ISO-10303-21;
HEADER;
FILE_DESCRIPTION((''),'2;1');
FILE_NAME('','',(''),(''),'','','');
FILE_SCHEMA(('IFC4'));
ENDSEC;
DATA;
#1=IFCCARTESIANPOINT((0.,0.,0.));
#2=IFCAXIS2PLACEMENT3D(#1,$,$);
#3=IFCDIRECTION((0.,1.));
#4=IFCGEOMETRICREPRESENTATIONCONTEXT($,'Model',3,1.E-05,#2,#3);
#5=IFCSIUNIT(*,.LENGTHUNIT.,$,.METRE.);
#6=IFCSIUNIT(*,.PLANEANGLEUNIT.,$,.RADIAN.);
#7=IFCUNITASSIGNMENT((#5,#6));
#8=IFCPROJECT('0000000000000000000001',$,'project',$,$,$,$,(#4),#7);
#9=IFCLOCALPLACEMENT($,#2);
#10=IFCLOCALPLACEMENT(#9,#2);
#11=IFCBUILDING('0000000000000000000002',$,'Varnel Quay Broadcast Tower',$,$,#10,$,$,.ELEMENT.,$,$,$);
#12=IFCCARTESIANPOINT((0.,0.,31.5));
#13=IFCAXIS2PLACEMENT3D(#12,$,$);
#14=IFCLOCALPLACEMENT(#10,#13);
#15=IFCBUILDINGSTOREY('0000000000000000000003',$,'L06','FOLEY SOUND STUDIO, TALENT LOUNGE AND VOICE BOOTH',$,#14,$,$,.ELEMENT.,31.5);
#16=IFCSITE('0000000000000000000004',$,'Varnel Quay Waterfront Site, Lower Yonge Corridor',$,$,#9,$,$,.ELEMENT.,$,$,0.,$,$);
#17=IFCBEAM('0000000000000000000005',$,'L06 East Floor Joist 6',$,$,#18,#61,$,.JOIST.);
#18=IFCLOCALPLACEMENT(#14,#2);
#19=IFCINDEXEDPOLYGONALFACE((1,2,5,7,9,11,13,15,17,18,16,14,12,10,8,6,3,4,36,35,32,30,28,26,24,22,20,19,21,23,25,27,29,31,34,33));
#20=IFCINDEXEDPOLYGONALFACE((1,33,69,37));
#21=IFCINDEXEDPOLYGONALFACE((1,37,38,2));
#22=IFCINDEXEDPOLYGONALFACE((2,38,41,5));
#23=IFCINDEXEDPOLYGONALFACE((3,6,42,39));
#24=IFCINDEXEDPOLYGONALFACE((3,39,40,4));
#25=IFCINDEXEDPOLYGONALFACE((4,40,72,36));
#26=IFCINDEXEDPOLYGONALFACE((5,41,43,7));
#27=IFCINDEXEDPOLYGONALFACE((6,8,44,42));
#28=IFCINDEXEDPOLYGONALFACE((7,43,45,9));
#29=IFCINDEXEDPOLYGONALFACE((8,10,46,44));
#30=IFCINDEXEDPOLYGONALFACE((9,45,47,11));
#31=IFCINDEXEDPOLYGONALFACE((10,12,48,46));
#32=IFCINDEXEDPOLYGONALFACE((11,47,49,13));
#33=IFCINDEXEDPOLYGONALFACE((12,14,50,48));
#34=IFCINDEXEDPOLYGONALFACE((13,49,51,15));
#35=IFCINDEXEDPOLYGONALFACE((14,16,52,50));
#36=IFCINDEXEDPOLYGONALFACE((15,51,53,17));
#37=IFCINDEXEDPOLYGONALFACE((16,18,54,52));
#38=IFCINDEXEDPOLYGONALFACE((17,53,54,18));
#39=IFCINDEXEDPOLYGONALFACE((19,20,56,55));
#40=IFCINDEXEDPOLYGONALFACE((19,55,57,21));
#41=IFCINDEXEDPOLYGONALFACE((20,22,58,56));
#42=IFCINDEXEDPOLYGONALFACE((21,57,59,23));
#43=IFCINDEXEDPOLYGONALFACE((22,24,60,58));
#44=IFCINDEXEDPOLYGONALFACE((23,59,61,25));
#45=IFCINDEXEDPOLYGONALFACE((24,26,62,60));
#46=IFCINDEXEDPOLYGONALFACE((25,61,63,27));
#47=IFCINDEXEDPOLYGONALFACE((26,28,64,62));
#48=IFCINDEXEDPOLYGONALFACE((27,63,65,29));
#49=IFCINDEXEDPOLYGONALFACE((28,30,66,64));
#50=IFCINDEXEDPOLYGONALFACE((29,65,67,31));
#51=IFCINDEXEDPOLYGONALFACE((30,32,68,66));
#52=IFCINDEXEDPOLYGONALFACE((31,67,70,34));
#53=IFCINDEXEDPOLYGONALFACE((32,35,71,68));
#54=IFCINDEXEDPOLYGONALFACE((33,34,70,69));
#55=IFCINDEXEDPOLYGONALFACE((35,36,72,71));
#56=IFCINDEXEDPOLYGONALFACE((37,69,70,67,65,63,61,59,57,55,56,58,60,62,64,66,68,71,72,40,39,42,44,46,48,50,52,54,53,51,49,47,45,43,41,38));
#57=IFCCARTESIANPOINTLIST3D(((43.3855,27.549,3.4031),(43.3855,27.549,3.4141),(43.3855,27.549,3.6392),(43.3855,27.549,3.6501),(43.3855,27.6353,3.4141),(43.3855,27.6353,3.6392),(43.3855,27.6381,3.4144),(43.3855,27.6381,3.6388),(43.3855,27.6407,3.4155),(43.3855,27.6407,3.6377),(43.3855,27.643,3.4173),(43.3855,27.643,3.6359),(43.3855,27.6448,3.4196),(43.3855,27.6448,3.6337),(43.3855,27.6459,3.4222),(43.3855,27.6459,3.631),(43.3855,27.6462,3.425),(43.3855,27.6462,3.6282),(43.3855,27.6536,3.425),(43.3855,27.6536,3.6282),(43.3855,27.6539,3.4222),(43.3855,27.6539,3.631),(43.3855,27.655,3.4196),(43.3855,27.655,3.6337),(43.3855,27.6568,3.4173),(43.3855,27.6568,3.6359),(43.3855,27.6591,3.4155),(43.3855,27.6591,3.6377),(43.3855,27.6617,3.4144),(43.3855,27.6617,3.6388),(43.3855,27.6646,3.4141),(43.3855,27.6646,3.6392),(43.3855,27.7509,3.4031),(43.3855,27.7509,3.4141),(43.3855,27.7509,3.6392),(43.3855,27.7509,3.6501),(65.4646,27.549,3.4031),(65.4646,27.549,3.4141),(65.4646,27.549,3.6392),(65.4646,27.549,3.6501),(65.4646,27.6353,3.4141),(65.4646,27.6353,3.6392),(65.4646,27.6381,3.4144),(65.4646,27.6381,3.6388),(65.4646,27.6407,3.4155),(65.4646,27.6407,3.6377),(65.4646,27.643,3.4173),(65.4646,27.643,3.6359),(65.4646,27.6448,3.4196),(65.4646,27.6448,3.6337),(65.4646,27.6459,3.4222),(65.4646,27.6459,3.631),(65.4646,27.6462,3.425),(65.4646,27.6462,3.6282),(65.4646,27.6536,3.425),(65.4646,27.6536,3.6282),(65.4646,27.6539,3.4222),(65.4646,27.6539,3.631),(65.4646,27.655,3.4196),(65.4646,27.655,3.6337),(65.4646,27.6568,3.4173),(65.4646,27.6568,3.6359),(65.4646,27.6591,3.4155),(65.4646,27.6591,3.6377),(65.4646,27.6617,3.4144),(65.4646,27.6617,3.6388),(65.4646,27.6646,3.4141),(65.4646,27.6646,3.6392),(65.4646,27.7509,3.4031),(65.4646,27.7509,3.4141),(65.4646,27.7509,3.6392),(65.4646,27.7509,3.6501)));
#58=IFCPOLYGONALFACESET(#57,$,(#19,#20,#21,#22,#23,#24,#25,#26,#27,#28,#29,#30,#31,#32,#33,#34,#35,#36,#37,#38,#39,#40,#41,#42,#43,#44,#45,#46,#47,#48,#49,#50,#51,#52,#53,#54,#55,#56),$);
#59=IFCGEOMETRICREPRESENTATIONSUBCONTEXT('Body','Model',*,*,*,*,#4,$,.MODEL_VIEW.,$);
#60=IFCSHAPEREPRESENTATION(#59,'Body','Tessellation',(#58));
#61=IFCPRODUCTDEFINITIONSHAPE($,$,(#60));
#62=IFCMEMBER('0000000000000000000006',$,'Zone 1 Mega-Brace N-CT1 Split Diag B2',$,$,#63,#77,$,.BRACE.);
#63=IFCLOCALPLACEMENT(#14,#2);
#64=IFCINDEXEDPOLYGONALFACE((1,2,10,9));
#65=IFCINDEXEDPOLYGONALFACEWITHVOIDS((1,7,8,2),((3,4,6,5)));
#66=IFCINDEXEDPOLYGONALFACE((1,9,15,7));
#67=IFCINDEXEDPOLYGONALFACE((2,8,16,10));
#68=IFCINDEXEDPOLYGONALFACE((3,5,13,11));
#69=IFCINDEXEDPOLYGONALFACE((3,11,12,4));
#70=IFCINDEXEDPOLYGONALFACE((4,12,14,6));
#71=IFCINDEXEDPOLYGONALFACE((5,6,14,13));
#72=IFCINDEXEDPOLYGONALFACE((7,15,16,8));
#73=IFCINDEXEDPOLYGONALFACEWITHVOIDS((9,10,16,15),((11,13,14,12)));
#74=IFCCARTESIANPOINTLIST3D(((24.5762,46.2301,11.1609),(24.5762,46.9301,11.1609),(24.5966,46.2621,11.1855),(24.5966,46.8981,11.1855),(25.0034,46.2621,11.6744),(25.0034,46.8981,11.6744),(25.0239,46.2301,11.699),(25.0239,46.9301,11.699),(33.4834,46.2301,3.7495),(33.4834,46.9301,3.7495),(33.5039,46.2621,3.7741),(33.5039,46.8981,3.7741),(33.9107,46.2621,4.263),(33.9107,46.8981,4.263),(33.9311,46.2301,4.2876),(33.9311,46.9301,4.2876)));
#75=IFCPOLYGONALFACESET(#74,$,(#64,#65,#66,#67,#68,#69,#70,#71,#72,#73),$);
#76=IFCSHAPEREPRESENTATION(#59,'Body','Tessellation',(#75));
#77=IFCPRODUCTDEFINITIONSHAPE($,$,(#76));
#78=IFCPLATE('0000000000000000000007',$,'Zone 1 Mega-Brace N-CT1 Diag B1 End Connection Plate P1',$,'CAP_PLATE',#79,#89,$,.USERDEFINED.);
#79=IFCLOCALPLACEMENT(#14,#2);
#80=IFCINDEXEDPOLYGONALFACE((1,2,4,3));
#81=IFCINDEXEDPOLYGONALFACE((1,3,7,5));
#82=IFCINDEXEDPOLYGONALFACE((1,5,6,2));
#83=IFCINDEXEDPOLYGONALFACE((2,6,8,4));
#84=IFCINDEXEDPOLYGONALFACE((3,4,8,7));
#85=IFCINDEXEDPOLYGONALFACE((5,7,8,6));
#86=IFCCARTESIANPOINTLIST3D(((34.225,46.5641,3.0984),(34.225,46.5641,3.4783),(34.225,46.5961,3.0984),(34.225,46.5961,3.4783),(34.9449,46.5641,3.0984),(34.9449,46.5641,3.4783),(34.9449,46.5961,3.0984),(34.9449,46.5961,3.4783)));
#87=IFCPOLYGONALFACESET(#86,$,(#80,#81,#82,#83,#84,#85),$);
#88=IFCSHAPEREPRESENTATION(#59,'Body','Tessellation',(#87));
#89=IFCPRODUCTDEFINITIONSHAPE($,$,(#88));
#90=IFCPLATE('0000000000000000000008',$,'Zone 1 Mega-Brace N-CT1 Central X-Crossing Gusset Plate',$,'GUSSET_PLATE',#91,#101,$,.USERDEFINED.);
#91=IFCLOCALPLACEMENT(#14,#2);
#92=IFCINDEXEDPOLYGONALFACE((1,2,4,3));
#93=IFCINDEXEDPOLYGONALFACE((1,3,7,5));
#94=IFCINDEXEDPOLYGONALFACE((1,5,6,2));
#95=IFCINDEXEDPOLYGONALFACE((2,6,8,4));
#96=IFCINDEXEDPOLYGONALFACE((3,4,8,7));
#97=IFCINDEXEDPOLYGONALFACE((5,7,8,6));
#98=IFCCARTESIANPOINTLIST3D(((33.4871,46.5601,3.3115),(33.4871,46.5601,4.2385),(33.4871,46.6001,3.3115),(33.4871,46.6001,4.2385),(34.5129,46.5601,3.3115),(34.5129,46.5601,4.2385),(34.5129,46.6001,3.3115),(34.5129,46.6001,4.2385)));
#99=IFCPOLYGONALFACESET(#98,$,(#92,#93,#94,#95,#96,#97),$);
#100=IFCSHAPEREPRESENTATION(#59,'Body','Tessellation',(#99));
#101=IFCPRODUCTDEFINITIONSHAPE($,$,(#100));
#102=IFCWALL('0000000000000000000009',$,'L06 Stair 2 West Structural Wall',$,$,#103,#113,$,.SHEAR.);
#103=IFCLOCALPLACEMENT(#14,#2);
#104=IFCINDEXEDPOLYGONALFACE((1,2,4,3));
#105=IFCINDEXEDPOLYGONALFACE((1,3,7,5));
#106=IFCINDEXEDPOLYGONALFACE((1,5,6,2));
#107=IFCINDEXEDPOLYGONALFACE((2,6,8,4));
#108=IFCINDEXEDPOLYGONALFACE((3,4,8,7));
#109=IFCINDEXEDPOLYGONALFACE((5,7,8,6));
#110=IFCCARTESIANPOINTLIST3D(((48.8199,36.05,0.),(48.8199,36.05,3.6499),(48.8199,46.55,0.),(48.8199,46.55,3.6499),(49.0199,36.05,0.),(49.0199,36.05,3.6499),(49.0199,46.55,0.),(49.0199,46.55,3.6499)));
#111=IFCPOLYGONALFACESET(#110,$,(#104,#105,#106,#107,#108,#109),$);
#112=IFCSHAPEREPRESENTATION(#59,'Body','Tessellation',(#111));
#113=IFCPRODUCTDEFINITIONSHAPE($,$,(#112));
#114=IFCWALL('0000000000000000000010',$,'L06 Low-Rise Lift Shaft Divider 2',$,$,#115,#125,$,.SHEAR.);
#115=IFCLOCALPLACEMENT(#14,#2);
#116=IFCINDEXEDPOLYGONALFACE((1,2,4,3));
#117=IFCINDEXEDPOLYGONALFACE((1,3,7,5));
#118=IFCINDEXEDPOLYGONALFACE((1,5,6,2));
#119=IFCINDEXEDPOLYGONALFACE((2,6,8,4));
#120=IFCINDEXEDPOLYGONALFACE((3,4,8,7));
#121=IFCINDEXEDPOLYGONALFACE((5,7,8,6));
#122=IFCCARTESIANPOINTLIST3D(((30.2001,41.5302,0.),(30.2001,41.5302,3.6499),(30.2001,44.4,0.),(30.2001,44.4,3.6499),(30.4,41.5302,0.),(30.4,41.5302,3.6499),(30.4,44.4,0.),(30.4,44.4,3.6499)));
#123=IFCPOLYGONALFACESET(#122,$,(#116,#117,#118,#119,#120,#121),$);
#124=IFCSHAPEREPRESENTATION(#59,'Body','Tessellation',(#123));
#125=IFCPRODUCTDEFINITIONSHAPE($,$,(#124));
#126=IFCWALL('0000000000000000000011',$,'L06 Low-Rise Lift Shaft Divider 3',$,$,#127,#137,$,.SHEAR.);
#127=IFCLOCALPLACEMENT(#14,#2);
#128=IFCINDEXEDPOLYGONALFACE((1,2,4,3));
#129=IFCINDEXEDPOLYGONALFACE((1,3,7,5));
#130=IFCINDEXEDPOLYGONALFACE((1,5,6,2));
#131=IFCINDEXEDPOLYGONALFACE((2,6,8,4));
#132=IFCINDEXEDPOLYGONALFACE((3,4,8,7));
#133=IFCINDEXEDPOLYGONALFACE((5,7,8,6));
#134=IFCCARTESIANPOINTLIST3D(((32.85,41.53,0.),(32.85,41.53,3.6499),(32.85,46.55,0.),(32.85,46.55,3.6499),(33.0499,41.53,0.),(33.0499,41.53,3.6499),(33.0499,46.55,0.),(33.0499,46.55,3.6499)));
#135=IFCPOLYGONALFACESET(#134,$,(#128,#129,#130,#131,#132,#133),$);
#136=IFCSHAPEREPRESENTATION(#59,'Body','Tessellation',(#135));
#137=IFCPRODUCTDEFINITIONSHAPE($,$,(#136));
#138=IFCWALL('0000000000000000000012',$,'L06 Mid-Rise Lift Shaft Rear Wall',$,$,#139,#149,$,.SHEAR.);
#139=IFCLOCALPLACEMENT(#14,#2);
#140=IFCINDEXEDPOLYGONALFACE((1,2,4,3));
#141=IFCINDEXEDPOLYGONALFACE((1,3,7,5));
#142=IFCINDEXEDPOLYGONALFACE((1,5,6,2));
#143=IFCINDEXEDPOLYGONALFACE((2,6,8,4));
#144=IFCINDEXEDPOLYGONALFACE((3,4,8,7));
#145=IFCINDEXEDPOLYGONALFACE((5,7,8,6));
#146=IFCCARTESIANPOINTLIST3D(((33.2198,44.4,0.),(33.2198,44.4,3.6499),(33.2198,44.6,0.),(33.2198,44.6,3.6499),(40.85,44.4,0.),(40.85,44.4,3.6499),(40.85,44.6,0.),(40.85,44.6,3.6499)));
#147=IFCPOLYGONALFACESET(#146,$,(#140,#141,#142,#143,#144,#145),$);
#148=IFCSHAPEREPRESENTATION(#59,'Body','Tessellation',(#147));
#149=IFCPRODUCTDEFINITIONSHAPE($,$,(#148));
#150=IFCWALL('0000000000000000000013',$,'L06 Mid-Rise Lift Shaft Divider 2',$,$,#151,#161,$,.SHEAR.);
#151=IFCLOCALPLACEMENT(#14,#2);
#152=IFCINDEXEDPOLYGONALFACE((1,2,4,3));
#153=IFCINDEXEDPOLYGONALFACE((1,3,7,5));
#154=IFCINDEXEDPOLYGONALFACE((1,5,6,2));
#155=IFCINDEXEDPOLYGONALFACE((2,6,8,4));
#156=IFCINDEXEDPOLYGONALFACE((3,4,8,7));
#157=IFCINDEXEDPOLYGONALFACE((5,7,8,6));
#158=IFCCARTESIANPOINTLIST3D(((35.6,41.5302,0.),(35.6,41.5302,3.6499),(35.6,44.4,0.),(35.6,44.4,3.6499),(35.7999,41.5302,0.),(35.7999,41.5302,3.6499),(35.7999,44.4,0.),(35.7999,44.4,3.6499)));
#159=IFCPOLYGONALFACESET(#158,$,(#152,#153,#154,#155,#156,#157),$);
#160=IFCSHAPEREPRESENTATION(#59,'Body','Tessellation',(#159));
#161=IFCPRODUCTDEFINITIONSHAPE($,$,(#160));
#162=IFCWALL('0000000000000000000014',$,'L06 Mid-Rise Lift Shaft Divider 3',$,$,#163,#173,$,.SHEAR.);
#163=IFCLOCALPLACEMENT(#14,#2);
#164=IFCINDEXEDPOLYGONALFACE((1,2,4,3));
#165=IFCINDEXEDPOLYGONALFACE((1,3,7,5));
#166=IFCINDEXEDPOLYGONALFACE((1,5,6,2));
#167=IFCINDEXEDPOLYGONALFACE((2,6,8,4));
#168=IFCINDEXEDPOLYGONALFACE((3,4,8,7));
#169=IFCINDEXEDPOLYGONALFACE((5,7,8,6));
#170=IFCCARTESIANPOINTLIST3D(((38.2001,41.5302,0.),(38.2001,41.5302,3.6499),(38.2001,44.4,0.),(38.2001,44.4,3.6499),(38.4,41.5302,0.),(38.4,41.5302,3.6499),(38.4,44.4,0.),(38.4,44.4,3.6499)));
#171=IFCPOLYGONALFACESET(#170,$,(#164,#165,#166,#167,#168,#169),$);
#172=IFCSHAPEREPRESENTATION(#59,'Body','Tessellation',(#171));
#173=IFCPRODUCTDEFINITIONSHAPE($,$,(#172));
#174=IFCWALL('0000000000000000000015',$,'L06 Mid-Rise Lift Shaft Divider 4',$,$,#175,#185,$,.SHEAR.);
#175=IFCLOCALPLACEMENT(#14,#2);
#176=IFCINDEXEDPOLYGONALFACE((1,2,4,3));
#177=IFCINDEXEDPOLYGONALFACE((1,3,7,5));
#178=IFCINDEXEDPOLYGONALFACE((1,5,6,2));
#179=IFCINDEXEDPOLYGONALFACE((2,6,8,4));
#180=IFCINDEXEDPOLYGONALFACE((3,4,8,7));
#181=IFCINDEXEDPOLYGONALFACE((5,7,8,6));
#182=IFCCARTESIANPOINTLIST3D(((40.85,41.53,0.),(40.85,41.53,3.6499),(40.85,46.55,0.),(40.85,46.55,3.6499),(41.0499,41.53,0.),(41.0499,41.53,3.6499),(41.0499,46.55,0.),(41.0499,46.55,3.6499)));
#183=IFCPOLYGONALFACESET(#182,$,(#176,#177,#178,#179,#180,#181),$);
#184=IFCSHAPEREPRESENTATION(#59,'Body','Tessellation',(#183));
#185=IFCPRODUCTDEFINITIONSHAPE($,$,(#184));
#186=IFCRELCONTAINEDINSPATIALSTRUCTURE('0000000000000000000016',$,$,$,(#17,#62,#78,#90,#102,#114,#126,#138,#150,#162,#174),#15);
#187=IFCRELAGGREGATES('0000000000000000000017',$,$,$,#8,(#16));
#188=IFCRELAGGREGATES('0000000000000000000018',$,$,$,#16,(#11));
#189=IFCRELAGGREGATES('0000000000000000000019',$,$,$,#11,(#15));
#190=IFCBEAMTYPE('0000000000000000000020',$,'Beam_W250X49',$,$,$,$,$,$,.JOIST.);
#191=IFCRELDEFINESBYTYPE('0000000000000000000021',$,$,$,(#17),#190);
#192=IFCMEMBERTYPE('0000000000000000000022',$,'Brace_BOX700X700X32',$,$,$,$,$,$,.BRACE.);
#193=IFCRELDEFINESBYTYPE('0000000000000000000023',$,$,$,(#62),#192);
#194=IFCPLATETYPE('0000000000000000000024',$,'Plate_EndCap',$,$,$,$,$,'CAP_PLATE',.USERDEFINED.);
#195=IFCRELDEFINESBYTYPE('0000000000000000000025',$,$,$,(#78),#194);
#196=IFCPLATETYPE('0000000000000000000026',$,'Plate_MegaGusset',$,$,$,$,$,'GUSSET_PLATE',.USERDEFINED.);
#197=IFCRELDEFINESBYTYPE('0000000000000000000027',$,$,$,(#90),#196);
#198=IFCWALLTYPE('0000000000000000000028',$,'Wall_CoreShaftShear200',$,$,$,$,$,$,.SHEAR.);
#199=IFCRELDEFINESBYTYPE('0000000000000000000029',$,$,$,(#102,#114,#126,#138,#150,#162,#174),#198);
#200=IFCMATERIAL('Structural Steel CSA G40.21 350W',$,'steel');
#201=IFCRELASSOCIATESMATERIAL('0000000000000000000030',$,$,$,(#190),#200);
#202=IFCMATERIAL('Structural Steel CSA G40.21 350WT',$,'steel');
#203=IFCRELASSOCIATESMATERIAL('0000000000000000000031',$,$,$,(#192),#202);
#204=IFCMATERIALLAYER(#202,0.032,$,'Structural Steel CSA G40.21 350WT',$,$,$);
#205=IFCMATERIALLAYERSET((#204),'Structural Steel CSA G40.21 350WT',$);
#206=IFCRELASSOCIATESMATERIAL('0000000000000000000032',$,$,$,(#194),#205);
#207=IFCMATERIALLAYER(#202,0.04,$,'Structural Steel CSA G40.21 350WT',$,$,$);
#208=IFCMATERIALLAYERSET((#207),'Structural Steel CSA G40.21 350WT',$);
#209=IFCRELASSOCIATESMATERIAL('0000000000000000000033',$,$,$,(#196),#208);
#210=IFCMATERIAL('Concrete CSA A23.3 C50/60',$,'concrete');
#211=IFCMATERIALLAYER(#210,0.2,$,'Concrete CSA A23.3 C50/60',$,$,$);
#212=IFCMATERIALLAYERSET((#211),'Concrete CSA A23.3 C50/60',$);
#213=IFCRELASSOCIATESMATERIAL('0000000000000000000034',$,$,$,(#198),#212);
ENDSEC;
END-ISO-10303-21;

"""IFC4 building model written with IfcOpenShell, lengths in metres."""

from ifc_helpers import new_model, si_unit, direction, frame, frame_2d, origin, origin_2d, place, context, subcontext, project, spatial, rectangle, hollow_rectangle, i_section, extrude, source, transform, mapped, material, layer, layer_set, material_profile, profile_set, type_object, type_shapes, element, save


model = new_model("IFC4")

# Units and contexts
model_context = context("Model", 3, precision=1e-05, world=origin(), true_north=direction((0.0, 1.0)))
body_context = subcontext(model_context, "Body", "Model", "MODEL_VIEW")
ifc_project = project(units=[si_unit("LENGTHUNIT", "METRE"), si_unit("PLANEANGLEUNIT", "RADIAN")], contexts=[model_context])

# Site, building, storey
site_placement = place(None, origin())
site = spatial("IfcSite", under=ifc_project, at=site_placement, Name="Varnel Quay Waterfront Site, Lower Yonge Corridor", CompositionType="ELEMENT", RefElevation=0.0)
building_placement = place(site_placement, origin())
building = spatial("IfcBuilding", under=site, at=building_placement, Name="Varnel Quay Broadcast Tower", CompositionType="ELEMENT")
storey_placement = place(building_placement, frame((0.0, 0.0, 31.5)))
storey = spatial("IfcBuildingStorey", under=building, at=storey_placement, Name="L06", Description="FOLEY SOUND STUDIO, TALENT LOUNGE AND VOICE BOOTH", CompositionType="ELEMENT", Elevation=31.5)

# Shared definitions
ifc_material_1 = material(Name="Structural Steel CSA G40.21 350WT", Category="steel")

# Beam
ifc_material_2 = material(Name="Structural Steel CSA G40.21 350W", Category="steel")
ifc_material_profile_1 = material_profile(ifc_material_2, i_section(OverallWidth=0.2019, OverallDepth=0.2471, WebThickness=0.0073, FlangeThickness=0.011, FilletRadius=0.011, at=origin_2d()), Name="W250X49")
ifc_profile_set_1 = profile_set([ifc_material_profile_1], Name="Structural Steel CSA G40.21 350W")
beam_type_1 = type_object("IfcBeamType", Name="Beam_W250X49", PredefinedType="JOIST", material=ifc_profile_set_1)
shared_shape_1 = source(origin(), body_context, "Body", "SweptSolid", [
    extrude(i_section(OverallWidth=0.2019, OverallDepth=0.2471, WebThickness=0.0073, FlangeThickness=0.011, FilletRadius=0.011, at=origin_2d()), origin(), (0.0, 0.0, 1.0), 22.0791),
])
type_shapes(beam_type_1, [shared_shape_1])
beam_1_placement = place(storey_placement, frame((43.3855, 27.6499, 3.5266), z_axis=(1.0, 0.0, 0.0), x_axis=(0.0, 1.0, 0.0)))
element("IfcBeam", 1, at=beam_1_placement, inside=storey, type_object=beam_type_1, Name="L06 East Floor Joist 6", PredefinedType="JOIST", context=body_context, shape_type="MappedRepresentation", body=[
    mapped(shared_shape_1, transform((0.0, 0.0, 0.0), x_axis=(1.0, 0.0, 0.0), y_axis=(0.0, 1.0, 0.0), z_axis=(0.0, 0.0, 1.0), scale=1.0)),
])

# Member
ifc_material_profile_2 = material_profile(ifc_material_1, hollow_rectangle(XDim=0.7, YDim=0.7, WallThickness=0.032, at=origin_2d()), Name="BOX700X700X32")
ifc_profile_set_2 = profile_set([ifc_material_profile_2], Name="Structural Steel CSA G40.21 350WT")
member_type = type_object("IfcMemberType", Name="Brace_BOX700X700X32", PredefinedType="BRACE", material=ifc_profile_set_2)
shared_shape_2 = source(origin(), body_context, "Body", "SweptSolid", [
    extrude(hollow_rectangle(XDim=0.7, YDim=0.7, WallThickness=0.032, at=origin_2d()), origin(), (0.0, 0.0, 1.0), 11.5874),
])
type_shapes(member_type, [shared_shape_2])
member_placement = place(storey_placement, frame((33.7073, 46.5801, 4.0186), z_axis=(-0.768701, 0.0, 0.639608), x_axis=(0.0, -1.0, 0.0)))
element("IfcMember", 2, at=member_placement, inside=storey, type_object=member_type, Name="Zone 1 Mega-Brace N-CT1 Split Diag B2", PredefinedType="BRACE", context=body_context, shape_type="MappedRepresentation", body=[
    mapped(shared_shape_2, transform((0.0, 0.0, 0.0), x_axis=(1.0, 0.0, 0.0), y_axis=(0.0, 1.0, 0.0), z_axis=(0.0, 0.0, 1.0), scale=1.0)),
])

# Plates
ifc_layer_1 = layer(ifc_material_1, 0.032, Name="Structural Steel CSA G40.21 350WT")
ifc_layer_set_1 = layer_set([ifc_layer_1], Name="Structural Steel CSA G40.21 350WT")
plate_type_1 = type_object("IfcPlateType", Name="Plate_EndCap", ElementType="CAP_PLATE", PredefinedType="USERDEFINED", material=ifc_layer_set_1)
shared_shape_3 = source(origin(), body_context, "Body", "SweptSolid", [
    extrude(rectangle(XDim=0.72, YDim=0.032, at=origin_2d()), origin(), (0.0, 0.0, 1.0), 0.3799),
])
type_shapes(plate_type_1, [shared_shape_3])
plate_1_placement = place(storey_placement, frame((34.585, 46.5801, 3.0984), z_axis=(0.0, 0.0, 1.0), x_axis=(1.0, 0.0, 0.0)))
element("IfcPlate", 3, at=plate_1_placement, inside=storey, type_object=plate_type_1, Name="Zone 1 Mega-Brace N-CT1 Diag B1 End Connection Plate P1", ObjectType="CAP_PLATE", PredefinedType="USERDEFINED", context=body_context, shape_type="MappedRepresentation", body=[
    mapped(shared_shape_3, transform((0.0, 0.0, 0.0), x_axis=(1.0, 0.0, 0.0), y_axis=(0.0, 1.0, 0.0), z_axis=(0.0, 0.0, 1.0), scale=1.0)),
])
ifc_layer_2 = layer(ifc_material_1, 0.04, Name="Structural Steel CSA G40.21 350WT")
ifc_layer_set_2 = layer_set([ifc_layer_2], Name="Structural Steel CSA G40.21 350WT")
plate_type_2 = type_object("IfcPlateType", Name="Plate_MegaGusset", ElementType="GUSSET_PLATE", PredefinedType="USERDEFINED", material=ifc_layer_set_2)
shared_shape_4 = source(origin(), body_context, "Body", "SweptSolid", [
    extrude(rectangle(XDim=1.0259, YDim=0.04, at=origin_2d()), origin(), (0.0, 0.0, 1.0), 0.927),
])
type_shapes(plate_type_2, [shared_shape_4])
plate_2_placement = place(storey_placement, frame((34.0, 46.5801, 3.3115), z_axis=(0.0, 0.0, 1.0), x_axis=(1.0, 0.0, 0.0)))
element("IfcPlate", 4, at=plate_2_placement, inside=storey, type_object=plate_type_2, Name="Zone 1 Mega-Brace N-CT1 Central X-Crossing Gusset Plate", ObjectType="GUSSET_PLATE", PredefinedType="USERDEFINED", context=body_context, shape_type="MappedRepresentation", body=[
    mapped(shared_shape_4, transform((0.0, 0.0, 0.0), x_axis=(1.0, 0.0, 0.0), y_axis=(0.0, 1.0, 0.0), z_axis=(0.0, 0.0, 1.0), scale=1.0)),
])

# Walls
ifc_material_3 = material(Name="Concrete CSA A23.3 C50/60", Category="concrete")
ifc_layer_3 = layer(ifc_material_3, 0.2, Name="Concrete CSA A23.3 C50/60")
ifc_layer_set_3 = layer_set([ifc_layer_3], Name="Concrete CSA A23.3 C50/60")
wall_type_1 = type_object("IfcWallType", Name="Wall_CoreShaftShear200", PredefinedType="SHEAR", material=ifc_layer_set_3)
wall_1_placement = place(storey_placement, frame((48.9199, 36.05, 0.0), z_axis=(0.0, 0.0, 1.0), x_axis=(0.0, 1.0, 0.0)))
element("IfcWall", 5, at=wall_1_placement, inside=storey, type_object=wall_type_1, Name="L06 Stair 2 West Structural Wall", PredefinedType="SHEAR", context=body_context, shape_type="SweptSolid", body=[
    extrude(rectangle(XDim=10.5, YDim=0.2, at=frame_2d((5.25, 0.0))), origin(), (0.0, 0.0, 1.0), 3.6499),
])
wall_2_placement = place(storey_placement, frame((30.3, 41.53, 0.0), z_axis=(0.0, 0.0, 1.0), x_axis=(0.0, 1.0, 0.0)))
element("IfcWall", 6, at=wall_2_placement, inside=storey, type_object=wall_type_1, Name="L06 Low-Rise Lift Shaft Divider 2", PredefinedType="SHEAR", context=body_context, shape_type="SweptSolid", body=[
    extrude(rectangle(XDim=2.8699, YDim=0.2, at=frame_2d((1.4351, 0.0))), origin(), (0.0, 0.0, 1.0), 3.6499),
])
wall_3_placement = place(storey_placement, frame((32.95, 41.53, 0.0), z_axis=(0.0, 0.0, 1.0), x_axis=(0.0, 1.0, 0.0)))
element("IfcWall", 7, at=wall_3_placement, inside=storey, type_object=wall_type_1, Name="L06 Low-Rise Lift Shaft Divider 3", PredefinedType="SHEAR", context=body_context, shape_type="SweptSolid", body=[
    extrude(rectangle(XDim=5.02, YDim=0.2, at=frame_2d((2.51, 0.0))), origin(), (0.0, 0.0, 1.0), 3.6499),
])
wall_4_placement = place(storey_placement, frame((33.22, 44.5, 0.0), z_axis=(0.0, 0.0, 1.0), x_axis=(1.0, 0.0, 0.0)))
element("IfcWall", 8, at=wall_4_placement, inside=storey, type_object=wall_type_1, Name="L06 Mid-Rise Lift Shaft Rear Wall", PredefinedType="SHEAR", context=body_context, shape_type="SweptSolid", body=[
    extrude(rectangle(XDim=7.6301, YDim=0.2, at=frame_2d((3.8149, 0.0))), origin(), (0.0, 0.0, 1.0), 3.6499),
])
for number, where, z_axis, x_axis, name in (
    (9, (35.7, 41.53, 0.0), (0.0, 0.0, 1.0), (0.0, 1.0, 0.0), "L06 Mid-Rise Lift Shaft Divider 2"),
    (10, (38.3, 41.53, 0.0), (0.0, 0.0, 1.0), (0.0, 1.0, 0.0), "L06 Mid-Rise Lift Shaft Divider 3"),
):
    element("IfcWall", number, at=place(storey_placement, frame(where, z_axis=z_axis, x_axis=x_axis)), inside=storey, type_object=wall_type_1, Name=name, PredefinedType="SHEAR", context=body_context, shape_type="SweptSolid", body=[
        extrude(rectangle(XDim=2.8699, YDim=0.2, at=frame_2d((1.4351, 0.0))), origin(), (0.0, 0.0, 1.0), 3.6499),
    ])
wall_5_placement = place(storey_placement, frame((40.95, 41.53, 0.0), z_axis=(0.0, 0.0, 1.0), x_axis=(0.0, 1.0, 0.0)))
element("IfcWall", 11, at=wall_5_placement, inside=storey, type_object=wall_type_1, Name="L06 Mid-Rise Lift Shaft Divider 4", PredefinedType="SHEAR", context=body_context, shape_type="SweptSolid", body=[
    extrude(rectangle(XDim=5.02, YDim=0.2, at=frame_2d((2.51, 0.0))), origin(), (0.0, 0.0, 1.0), 3.6499),
])

save(model, "model.ifc")
